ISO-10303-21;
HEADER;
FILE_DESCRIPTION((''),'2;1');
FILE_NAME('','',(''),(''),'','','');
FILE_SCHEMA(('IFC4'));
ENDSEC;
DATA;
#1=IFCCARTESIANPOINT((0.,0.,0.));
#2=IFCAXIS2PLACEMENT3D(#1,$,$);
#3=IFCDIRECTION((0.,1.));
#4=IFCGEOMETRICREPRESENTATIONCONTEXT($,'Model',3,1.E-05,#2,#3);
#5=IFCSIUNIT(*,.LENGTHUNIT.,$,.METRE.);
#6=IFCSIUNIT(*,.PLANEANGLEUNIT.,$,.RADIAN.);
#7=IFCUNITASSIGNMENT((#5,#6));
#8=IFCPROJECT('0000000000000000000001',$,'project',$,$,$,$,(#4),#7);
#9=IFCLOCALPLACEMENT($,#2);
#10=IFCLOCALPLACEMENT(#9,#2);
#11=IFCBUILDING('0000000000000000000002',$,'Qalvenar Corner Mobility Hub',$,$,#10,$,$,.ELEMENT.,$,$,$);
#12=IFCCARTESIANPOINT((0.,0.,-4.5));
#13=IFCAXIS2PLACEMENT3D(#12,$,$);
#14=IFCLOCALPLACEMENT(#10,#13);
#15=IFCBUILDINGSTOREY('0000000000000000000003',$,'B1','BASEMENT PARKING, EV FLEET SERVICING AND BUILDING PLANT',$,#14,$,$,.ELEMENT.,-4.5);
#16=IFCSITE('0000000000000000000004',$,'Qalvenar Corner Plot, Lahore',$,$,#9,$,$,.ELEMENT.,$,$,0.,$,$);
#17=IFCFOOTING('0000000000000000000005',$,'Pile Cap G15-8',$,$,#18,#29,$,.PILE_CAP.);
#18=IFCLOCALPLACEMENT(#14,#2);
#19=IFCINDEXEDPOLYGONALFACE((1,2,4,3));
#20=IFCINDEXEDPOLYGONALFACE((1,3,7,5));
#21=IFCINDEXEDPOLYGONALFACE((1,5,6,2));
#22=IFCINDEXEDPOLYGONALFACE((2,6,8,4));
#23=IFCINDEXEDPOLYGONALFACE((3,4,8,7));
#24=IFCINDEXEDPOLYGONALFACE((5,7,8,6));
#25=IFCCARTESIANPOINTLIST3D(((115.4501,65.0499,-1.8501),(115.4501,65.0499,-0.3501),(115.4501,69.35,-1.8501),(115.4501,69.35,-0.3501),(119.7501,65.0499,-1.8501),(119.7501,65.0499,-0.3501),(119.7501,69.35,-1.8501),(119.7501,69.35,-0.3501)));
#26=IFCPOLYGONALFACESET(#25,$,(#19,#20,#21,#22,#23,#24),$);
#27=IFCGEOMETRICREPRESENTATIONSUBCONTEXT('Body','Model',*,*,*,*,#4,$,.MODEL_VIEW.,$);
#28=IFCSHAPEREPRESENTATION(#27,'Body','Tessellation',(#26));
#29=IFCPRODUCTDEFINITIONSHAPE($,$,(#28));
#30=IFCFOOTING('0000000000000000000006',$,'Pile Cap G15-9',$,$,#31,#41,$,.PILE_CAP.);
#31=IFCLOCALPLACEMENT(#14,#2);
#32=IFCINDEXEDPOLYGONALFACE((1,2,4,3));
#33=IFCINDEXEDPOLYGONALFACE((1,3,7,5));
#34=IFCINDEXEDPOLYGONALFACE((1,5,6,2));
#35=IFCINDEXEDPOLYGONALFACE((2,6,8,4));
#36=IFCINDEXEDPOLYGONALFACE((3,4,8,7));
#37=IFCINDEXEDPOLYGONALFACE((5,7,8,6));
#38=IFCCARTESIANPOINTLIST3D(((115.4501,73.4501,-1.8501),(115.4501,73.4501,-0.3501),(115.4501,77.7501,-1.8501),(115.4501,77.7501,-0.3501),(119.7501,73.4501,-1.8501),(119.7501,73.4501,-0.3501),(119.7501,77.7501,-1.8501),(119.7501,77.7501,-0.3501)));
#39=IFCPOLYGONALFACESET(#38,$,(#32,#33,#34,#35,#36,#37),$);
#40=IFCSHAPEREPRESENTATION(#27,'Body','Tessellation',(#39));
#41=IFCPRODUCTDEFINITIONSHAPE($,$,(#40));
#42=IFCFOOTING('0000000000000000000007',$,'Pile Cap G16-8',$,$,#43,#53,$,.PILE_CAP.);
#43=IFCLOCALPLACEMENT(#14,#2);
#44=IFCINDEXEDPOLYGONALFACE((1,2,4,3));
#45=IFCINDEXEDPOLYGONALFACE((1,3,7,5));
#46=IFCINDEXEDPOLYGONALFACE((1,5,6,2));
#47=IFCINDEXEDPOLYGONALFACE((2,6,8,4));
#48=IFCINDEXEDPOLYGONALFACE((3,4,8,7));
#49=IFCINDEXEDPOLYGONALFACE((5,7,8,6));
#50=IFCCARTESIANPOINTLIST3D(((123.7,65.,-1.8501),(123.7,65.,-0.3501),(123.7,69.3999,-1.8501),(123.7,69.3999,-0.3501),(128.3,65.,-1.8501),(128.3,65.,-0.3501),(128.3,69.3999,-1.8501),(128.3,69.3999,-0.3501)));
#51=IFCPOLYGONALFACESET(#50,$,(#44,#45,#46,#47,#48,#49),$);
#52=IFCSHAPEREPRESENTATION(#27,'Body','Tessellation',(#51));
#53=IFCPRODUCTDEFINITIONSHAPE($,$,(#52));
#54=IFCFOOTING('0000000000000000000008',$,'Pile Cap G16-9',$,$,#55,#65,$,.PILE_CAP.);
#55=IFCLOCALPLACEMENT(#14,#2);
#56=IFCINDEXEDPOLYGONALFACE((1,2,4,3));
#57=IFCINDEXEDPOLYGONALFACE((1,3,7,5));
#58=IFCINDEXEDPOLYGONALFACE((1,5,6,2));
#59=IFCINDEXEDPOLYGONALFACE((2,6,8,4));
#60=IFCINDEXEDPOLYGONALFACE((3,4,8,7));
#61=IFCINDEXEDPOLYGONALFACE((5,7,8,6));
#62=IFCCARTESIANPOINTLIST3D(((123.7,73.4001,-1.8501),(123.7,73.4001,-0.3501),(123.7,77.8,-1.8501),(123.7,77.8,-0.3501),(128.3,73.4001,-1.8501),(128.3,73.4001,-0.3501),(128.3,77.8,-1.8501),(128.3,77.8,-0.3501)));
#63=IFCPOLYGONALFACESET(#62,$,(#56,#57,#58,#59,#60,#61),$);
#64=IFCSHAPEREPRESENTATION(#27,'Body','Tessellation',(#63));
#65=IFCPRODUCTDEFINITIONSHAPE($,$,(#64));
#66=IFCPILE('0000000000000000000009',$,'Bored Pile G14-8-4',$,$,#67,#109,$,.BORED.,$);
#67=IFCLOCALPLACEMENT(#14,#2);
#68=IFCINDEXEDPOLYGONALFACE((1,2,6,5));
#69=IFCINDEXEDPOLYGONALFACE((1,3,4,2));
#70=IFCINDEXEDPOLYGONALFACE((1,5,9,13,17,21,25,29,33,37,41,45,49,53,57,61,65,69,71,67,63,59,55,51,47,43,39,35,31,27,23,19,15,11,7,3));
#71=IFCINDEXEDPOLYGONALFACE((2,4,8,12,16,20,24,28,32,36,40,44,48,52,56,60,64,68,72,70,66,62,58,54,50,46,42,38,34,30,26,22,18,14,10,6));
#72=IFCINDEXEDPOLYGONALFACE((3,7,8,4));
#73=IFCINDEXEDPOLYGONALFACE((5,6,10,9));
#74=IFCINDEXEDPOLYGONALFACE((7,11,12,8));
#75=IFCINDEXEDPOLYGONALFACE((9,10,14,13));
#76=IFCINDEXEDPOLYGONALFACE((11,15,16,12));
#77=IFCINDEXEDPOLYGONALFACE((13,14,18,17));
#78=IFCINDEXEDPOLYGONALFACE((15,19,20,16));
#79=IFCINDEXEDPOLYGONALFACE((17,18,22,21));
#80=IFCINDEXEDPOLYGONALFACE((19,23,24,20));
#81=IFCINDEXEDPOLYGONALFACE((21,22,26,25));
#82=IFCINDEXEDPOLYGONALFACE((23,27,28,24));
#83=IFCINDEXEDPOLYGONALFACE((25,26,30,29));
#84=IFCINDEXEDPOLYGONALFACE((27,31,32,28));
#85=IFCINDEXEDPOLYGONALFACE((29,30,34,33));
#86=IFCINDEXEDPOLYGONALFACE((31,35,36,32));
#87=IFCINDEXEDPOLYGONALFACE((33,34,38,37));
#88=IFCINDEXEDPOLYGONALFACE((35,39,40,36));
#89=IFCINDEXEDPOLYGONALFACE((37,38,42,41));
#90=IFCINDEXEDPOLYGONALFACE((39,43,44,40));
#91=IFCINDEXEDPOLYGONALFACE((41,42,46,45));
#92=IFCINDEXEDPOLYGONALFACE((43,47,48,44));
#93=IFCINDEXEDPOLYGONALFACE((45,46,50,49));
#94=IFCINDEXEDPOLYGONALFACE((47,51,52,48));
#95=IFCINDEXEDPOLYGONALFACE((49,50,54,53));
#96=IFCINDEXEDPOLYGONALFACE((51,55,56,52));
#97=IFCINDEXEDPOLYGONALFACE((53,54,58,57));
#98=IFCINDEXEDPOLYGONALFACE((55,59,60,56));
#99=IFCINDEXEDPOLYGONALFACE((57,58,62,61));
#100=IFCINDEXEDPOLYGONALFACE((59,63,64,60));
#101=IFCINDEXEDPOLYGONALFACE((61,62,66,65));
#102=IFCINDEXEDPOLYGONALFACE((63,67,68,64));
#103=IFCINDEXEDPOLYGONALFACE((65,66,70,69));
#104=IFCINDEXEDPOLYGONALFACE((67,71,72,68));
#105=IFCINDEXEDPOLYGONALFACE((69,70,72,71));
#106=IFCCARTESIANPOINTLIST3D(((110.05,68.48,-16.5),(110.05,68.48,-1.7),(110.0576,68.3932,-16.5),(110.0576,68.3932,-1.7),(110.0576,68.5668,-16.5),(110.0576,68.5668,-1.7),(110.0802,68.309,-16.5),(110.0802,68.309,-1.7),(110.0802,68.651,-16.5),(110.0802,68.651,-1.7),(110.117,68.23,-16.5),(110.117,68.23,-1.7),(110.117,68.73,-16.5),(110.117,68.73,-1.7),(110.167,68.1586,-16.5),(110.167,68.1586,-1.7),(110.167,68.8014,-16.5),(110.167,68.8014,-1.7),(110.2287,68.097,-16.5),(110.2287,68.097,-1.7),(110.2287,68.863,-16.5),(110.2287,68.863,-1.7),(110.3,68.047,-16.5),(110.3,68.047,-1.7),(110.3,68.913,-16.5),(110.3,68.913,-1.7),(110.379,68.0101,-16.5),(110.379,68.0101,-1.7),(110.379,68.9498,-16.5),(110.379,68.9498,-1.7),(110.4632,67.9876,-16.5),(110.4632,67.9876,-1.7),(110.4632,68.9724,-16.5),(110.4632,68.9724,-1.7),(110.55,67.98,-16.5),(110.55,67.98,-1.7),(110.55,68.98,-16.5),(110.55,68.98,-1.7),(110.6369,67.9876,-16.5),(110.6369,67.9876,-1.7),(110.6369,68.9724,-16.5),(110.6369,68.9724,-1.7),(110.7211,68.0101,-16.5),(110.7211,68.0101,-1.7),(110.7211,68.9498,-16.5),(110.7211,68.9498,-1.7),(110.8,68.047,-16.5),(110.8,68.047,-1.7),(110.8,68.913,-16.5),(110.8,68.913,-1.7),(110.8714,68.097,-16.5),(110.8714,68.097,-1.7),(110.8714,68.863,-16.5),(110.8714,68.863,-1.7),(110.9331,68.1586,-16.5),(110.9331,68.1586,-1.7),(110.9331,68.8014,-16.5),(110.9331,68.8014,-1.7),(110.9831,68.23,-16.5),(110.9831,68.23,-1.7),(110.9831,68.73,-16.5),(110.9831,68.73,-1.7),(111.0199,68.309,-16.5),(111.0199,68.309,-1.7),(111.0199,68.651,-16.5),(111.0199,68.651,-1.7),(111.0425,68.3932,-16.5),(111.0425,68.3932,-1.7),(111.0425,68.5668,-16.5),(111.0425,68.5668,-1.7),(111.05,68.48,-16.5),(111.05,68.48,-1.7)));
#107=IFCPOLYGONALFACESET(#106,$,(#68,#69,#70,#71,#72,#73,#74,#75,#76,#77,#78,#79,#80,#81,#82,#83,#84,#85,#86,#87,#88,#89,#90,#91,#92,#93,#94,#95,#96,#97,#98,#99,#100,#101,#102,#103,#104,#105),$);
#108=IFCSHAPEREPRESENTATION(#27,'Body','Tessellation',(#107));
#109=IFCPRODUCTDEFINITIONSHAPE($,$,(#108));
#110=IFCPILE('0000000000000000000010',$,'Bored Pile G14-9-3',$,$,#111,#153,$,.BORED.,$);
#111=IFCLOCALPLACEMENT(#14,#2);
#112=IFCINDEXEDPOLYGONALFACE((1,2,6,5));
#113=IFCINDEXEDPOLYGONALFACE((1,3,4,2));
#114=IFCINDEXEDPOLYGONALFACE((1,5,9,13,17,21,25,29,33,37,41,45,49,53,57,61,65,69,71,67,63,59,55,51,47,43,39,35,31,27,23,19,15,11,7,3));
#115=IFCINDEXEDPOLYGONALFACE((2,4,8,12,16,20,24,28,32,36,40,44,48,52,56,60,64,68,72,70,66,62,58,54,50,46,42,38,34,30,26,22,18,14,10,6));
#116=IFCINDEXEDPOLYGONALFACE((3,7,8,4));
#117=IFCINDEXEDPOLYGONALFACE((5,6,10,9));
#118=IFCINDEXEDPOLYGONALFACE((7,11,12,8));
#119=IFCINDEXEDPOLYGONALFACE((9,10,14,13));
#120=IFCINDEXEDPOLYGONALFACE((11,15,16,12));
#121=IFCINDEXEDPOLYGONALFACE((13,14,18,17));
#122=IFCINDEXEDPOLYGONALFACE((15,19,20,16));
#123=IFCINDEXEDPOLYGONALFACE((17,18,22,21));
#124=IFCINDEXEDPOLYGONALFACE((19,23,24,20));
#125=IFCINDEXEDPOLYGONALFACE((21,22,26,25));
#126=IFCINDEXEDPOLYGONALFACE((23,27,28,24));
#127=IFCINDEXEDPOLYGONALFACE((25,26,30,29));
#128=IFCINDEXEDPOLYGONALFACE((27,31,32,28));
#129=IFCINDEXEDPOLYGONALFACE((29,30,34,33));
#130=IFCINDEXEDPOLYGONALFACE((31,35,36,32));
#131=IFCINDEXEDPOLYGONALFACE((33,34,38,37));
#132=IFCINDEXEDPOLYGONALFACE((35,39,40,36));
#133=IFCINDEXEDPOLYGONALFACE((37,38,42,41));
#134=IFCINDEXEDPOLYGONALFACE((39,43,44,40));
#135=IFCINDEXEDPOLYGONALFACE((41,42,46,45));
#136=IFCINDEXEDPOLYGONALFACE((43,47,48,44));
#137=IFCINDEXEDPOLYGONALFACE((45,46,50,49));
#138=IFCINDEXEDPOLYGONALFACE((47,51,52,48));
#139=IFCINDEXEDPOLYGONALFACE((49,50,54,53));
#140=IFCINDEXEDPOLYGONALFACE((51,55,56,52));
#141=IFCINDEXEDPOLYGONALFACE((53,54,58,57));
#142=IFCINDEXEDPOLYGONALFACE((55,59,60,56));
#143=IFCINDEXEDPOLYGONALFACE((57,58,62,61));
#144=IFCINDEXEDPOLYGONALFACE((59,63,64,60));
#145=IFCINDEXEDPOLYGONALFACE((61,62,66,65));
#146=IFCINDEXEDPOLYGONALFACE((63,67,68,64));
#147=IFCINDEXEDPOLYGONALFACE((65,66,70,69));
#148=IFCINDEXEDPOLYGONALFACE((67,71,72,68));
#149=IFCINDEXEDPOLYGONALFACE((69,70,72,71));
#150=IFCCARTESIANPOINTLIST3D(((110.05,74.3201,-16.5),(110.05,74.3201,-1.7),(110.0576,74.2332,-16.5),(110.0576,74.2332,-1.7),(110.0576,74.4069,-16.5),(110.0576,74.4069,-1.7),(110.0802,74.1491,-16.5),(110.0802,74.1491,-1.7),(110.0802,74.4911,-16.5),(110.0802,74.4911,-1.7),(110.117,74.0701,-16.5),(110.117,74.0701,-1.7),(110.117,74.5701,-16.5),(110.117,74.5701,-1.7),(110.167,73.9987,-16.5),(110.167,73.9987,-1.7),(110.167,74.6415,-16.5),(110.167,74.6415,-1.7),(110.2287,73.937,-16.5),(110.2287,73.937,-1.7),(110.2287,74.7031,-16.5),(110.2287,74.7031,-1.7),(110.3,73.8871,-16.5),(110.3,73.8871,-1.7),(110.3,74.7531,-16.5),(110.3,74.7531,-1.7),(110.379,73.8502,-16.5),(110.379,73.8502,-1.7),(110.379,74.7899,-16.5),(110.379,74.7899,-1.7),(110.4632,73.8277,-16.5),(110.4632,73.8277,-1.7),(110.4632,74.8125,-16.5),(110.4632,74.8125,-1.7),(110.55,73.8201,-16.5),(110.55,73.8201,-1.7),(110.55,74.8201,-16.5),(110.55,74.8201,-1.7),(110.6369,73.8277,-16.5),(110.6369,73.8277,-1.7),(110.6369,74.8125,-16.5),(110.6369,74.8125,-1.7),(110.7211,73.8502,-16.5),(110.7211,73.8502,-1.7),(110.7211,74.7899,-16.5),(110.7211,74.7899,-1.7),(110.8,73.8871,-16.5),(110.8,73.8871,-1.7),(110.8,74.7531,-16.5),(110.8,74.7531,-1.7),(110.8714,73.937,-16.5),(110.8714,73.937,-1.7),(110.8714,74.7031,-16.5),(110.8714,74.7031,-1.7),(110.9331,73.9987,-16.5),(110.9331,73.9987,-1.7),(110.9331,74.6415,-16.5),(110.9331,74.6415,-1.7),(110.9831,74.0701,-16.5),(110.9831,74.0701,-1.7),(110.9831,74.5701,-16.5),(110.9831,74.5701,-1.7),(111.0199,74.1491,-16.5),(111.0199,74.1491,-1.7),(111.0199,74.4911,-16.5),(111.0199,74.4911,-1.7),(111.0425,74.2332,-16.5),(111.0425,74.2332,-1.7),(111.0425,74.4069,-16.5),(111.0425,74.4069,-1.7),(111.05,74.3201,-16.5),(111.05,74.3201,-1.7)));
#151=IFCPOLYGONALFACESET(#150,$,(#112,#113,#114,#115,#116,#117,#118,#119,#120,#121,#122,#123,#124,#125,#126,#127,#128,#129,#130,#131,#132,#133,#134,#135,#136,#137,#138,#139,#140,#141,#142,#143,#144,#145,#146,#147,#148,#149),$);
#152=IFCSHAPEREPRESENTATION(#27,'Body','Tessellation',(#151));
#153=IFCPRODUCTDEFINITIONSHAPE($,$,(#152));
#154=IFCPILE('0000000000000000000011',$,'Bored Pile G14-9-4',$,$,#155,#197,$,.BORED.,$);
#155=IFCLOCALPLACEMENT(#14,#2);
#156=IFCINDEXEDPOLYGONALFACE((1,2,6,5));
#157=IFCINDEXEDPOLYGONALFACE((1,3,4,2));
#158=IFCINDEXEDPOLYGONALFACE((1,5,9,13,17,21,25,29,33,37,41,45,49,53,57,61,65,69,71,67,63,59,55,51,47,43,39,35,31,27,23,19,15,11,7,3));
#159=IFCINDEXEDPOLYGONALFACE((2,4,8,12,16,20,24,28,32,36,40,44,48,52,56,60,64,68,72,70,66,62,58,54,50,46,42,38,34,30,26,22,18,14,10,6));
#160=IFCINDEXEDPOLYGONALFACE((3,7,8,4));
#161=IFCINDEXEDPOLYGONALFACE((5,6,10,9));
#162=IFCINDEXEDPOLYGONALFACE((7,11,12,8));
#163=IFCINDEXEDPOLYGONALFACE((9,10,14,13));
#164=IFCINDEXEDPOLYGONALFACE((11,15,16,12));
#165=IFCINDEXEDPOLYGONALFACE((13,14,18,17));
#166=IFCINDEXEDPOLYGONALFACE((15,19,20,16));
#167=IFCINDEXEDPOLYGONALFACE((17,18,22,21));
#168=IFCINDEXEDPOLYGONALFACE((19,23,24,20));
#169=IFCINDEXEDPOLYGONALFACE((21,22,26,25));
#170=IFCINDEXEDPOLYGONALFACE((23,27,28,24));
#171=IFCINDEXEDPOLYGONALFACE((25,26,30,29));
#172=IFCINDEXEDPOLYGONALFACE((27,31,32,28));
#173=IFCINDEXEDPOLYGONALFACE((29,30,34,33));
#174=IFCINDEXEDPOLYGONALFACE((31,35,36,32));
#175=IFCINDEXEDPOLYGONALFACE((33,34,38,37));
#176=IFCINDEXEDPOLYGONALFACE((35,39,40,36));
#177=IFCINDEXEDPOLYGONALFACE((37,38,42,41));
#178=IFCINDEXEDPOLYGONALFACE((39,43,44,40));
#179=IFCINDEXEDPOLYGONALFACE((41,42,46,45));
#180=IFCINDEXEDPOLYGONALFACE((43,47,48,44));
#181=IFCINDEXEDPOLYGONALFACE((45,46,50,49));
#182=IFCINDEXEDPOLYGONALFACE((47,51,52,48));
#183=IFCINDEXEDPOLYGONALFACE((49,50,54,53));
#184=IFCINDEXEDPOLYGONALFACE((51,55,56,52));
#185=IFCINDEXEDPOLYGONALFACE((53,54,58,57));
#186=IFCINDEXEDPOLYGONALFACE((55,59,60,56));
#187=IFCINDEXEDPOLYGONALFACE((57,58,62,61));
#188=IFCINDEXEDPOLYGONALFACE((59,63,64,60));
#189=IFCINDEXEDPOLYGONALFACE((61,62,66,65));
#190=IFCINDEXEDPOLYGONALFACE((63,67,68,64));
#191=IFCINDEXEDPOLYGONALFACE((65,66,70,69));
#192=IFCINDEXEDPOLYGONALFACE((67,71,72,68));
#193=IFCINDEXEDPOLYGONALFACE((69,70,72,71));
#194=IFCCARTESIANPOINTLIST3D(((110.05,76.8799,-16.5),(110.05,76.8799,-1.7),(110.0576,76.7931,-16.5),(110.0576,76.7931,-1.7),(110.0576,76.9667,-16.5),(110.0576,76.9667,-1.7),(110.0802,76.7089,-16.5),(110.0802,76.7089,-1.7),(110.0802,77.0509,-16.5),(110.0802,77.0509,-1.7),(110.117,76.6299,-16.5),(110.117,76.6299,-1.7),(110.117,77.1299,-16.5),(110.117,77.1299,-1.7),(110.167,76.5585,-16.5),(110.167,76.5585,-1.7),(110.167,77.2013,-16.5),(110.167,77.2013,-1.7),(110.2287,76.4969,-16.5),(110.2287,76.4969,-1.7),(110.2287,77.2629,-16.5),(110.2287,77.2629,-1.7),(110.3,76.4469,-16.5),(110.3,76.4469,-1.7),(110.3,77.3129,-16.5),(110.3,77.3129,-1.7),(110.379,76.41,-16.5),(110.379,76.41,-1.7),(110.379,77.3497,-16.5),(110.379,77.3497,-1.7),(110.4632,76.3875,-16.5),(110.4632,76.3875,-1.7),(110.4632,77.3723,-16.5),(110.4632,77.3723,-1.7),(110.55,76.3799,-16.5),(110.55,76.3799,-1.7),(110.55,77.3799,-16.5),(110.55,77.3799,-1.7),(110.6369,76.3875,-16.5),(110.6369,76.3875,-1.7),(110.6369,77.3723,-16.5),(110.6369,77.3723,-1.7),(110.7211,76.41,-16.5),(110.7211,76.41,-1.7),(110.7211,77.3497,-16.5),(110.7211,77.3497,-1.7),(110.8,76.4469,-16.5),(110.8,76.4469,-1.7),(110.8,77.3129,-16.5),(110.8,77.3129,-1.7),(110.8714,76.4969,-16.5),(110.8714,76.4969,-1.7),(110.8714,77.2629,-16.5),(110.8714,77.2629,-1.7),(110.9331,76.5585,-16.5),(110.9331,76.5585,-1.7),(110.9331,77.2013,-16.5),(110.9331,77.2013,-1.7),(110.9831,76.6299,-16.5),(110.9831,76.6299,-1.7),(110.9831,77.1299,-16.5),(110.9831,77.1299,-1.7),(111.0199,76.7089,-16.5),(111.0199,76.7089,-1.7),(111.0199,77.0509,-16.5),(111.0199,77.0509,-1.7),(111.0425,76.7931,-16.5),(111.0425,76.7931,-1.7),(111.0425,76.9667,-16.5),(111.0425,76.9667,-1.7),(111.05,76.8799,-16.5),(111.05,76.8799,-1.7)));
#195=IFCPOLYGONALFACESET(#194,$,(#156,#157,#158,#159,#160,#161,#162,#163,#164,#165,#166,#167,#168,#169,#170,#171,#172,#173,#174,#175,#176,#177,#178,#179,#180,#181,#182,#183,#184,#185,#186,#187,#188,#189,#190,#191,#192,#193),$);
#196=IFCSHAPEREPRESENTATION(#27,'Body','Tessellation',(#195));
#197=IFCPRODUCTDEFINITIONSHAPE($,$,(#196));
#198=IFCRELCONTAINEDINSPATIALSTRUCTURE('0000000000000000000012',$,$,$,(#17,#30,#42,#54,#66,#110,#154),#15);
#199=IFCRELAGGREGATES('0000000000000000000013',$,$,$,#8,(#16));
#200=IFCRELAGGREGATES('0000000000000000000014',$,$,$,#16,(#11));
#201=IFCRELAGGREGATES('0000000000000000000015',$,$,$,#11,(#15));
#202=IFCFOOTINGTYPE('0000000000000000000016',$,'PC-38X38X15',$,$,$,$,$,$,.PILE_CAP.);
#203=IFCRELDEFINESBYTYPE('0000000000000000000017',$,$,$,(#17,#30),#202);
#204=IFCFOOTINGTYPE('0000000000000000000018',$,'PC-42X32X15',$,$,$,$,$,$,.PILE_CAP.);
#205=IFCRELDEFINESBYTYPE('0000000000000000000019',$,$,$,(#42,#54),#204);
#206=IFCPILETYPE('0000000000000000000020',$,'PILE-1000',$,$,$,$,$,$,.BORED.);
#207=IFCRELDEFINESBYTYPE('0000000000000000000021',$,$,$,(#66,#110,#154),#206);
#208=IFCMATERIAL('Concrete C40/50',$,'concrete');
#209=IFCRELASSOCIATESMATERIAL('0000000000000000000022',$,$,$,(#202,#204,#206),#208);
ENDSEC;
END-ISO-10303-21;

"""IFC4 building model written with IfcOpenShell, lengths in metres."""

from ifc_helpers import new_model, si_unit, direction, frame, origin, origin_2d, place, context, subcontext, project, spatial, rectangle, circle, extrude, material, material_profile, profile_set, type_object, element, save


model = new_model("IFC4")

# Units and contexts
model_context = context("Model", 3, precision=1e-05, world=origin(), true_north=direction((0.0, 1.0)))
body_context = subcontext(model_context, "Body", "Model", "MODEL_VIEW")
ifc_project = project(units=[si_unit("LENGTHUNIT", "METRE"), si_unit("PLANEANGLEUNIT", "RADIAN")], contexts=[model_context])

# Site, building, storey
site_placement = place(None, origin())
site = spatial("IfcSite", under=ifc_project, at=site_placement, Name="Qalvenar Corner Plot, Lahore", CompositionType="ELEMENT", RefElevation=0.0)
building_placement = place(site_placement, origin())
building = spatial("IfcBuilding", under=site, at=building_placement, Name="Qalvenar Corner Mobility Hub", CompositionType="ELEMENT")
storey_placement = place(building_placement, frame((0.0, 0.0, -4.5)))
storey = spatial("IfcBuildingStorey", under=building, at=storey_placement, Name="B1", Description="BASEMENT PARKING, EV FLEET SERVICING AND BUILDING PLANT", CompositionType="ELEMENT", Elevation=-4.5)

# Footings
ifc_material_1 = material(Name="Concrete C40/50", Category="concrete")
footing_type_1 = type_object("IfcFootingType", Name="PC-38X38X15", PredefinedType="PILE_CAP", material=ifc_material_1)
for number, where, z_axis, x_axis, name in (
    (1, (117.6001, 67.2, -1.8501), (0.0, 0.0, 1.0), (1.0, 0.0, 0.0), "Pile Cap G15-8"),
    (2, (117.6001, 75.6001, -1.8501), (0.0, 0.0, 1.0), (1.0, 0.0, 0.0), "Pile Cap G15-9"),
):
    element("IfcFooting", number, at=place(storey_placement, frame(where, z_axis=z_axis, x_axis=x_axis)), inside=storey, type_object=footing_type_1, Name=name, PredefinedType="PILE_CAP", context=body_context, shape_type="SweptSolid", body=[
        extrude(rectangle(XDim=4.3, YDim=4.3, at=origin_2d()), origin(), (0.0, 0.0, 1.0), 1.5),
    ])
footing_type_2 = type_object("IfcFootingType", Name="PC-42X32X15", PredefinedType="PILE_CAP", material=ifc_material_1)
for number, where, z_axis, x_axis, name in (
    (3, (126.0, 67.2, -1.8501), (0.0, 0.0, 1.0), (1.0, 0.0, 0.0), "Pile Cap G16-8"),
    (4, (126.0, 75.6001, -1.8501), (0.0, 0.0, 1.0), (1.0, 0.0, 0.0), "Pile Cap G16-9"),
):
    element("IfcFooting", number, at=place(storey_placement, frame(where, z_axis=z_axis, x_axis=x_axis)), inside=storey, type_object=footing_type_2, Name=name, PredefinedType="PILE_CAP", context=body_context, shape_type="SweptSolid", body=[
        extrude(rectangle(XDim=4.6001, YDim=4.3999, at=origin_2d()), origin(), (0.0, 0.0, 1.0), 1.5),
    ])

# Piles
ifc_material_profile_1 = material_profile(ifc_material_1, circle(Radius=0.5, at=origin_2d()), Name="DIA1000")
ifc_profile_set_1 = profile_set([ifc_material_profile_1], Name="Concrete C40/50")
pile_type = type_object("IfcPileType", Name="PILE-1000", PredefinedType="BORED", material=ifc_profile_set_1)
for number, where, z_axis, x_axis, name in (
    (5, (110.55, 68.48, -1.7), (0.0, 0.0, -1.0), (1.0, 0.0, 0.0), "Bored Pile G14-8-4"),
    (6, (110.55, 74.3201, -1.7), (0.0, 0.0, -1.0), (1.0, 0.0, 0.0), "Bored Pile G14-9-3"),
    (7, (110.55, 76.8799, -1.7), (0.0, 0.0, -1.0), (1.0, 0.0, 0.0), "Bored Pile G14-9-4"),
):
    element("IfcPile", number, at=place(storey_placement, frame(where, z_axis=z_axis, x_axis=x_axis)), inside=storey, type_object=pile_type, Name=name, PredefinedType="BORED", context=body_context, shape_type="SweptSolid", body=[
        extrude(circle(Radius=0.5, at=origin_2d()), origin(), (0.0, 0.0, 1.0), 14.8),
    ])

save(model, "model.ifc")
